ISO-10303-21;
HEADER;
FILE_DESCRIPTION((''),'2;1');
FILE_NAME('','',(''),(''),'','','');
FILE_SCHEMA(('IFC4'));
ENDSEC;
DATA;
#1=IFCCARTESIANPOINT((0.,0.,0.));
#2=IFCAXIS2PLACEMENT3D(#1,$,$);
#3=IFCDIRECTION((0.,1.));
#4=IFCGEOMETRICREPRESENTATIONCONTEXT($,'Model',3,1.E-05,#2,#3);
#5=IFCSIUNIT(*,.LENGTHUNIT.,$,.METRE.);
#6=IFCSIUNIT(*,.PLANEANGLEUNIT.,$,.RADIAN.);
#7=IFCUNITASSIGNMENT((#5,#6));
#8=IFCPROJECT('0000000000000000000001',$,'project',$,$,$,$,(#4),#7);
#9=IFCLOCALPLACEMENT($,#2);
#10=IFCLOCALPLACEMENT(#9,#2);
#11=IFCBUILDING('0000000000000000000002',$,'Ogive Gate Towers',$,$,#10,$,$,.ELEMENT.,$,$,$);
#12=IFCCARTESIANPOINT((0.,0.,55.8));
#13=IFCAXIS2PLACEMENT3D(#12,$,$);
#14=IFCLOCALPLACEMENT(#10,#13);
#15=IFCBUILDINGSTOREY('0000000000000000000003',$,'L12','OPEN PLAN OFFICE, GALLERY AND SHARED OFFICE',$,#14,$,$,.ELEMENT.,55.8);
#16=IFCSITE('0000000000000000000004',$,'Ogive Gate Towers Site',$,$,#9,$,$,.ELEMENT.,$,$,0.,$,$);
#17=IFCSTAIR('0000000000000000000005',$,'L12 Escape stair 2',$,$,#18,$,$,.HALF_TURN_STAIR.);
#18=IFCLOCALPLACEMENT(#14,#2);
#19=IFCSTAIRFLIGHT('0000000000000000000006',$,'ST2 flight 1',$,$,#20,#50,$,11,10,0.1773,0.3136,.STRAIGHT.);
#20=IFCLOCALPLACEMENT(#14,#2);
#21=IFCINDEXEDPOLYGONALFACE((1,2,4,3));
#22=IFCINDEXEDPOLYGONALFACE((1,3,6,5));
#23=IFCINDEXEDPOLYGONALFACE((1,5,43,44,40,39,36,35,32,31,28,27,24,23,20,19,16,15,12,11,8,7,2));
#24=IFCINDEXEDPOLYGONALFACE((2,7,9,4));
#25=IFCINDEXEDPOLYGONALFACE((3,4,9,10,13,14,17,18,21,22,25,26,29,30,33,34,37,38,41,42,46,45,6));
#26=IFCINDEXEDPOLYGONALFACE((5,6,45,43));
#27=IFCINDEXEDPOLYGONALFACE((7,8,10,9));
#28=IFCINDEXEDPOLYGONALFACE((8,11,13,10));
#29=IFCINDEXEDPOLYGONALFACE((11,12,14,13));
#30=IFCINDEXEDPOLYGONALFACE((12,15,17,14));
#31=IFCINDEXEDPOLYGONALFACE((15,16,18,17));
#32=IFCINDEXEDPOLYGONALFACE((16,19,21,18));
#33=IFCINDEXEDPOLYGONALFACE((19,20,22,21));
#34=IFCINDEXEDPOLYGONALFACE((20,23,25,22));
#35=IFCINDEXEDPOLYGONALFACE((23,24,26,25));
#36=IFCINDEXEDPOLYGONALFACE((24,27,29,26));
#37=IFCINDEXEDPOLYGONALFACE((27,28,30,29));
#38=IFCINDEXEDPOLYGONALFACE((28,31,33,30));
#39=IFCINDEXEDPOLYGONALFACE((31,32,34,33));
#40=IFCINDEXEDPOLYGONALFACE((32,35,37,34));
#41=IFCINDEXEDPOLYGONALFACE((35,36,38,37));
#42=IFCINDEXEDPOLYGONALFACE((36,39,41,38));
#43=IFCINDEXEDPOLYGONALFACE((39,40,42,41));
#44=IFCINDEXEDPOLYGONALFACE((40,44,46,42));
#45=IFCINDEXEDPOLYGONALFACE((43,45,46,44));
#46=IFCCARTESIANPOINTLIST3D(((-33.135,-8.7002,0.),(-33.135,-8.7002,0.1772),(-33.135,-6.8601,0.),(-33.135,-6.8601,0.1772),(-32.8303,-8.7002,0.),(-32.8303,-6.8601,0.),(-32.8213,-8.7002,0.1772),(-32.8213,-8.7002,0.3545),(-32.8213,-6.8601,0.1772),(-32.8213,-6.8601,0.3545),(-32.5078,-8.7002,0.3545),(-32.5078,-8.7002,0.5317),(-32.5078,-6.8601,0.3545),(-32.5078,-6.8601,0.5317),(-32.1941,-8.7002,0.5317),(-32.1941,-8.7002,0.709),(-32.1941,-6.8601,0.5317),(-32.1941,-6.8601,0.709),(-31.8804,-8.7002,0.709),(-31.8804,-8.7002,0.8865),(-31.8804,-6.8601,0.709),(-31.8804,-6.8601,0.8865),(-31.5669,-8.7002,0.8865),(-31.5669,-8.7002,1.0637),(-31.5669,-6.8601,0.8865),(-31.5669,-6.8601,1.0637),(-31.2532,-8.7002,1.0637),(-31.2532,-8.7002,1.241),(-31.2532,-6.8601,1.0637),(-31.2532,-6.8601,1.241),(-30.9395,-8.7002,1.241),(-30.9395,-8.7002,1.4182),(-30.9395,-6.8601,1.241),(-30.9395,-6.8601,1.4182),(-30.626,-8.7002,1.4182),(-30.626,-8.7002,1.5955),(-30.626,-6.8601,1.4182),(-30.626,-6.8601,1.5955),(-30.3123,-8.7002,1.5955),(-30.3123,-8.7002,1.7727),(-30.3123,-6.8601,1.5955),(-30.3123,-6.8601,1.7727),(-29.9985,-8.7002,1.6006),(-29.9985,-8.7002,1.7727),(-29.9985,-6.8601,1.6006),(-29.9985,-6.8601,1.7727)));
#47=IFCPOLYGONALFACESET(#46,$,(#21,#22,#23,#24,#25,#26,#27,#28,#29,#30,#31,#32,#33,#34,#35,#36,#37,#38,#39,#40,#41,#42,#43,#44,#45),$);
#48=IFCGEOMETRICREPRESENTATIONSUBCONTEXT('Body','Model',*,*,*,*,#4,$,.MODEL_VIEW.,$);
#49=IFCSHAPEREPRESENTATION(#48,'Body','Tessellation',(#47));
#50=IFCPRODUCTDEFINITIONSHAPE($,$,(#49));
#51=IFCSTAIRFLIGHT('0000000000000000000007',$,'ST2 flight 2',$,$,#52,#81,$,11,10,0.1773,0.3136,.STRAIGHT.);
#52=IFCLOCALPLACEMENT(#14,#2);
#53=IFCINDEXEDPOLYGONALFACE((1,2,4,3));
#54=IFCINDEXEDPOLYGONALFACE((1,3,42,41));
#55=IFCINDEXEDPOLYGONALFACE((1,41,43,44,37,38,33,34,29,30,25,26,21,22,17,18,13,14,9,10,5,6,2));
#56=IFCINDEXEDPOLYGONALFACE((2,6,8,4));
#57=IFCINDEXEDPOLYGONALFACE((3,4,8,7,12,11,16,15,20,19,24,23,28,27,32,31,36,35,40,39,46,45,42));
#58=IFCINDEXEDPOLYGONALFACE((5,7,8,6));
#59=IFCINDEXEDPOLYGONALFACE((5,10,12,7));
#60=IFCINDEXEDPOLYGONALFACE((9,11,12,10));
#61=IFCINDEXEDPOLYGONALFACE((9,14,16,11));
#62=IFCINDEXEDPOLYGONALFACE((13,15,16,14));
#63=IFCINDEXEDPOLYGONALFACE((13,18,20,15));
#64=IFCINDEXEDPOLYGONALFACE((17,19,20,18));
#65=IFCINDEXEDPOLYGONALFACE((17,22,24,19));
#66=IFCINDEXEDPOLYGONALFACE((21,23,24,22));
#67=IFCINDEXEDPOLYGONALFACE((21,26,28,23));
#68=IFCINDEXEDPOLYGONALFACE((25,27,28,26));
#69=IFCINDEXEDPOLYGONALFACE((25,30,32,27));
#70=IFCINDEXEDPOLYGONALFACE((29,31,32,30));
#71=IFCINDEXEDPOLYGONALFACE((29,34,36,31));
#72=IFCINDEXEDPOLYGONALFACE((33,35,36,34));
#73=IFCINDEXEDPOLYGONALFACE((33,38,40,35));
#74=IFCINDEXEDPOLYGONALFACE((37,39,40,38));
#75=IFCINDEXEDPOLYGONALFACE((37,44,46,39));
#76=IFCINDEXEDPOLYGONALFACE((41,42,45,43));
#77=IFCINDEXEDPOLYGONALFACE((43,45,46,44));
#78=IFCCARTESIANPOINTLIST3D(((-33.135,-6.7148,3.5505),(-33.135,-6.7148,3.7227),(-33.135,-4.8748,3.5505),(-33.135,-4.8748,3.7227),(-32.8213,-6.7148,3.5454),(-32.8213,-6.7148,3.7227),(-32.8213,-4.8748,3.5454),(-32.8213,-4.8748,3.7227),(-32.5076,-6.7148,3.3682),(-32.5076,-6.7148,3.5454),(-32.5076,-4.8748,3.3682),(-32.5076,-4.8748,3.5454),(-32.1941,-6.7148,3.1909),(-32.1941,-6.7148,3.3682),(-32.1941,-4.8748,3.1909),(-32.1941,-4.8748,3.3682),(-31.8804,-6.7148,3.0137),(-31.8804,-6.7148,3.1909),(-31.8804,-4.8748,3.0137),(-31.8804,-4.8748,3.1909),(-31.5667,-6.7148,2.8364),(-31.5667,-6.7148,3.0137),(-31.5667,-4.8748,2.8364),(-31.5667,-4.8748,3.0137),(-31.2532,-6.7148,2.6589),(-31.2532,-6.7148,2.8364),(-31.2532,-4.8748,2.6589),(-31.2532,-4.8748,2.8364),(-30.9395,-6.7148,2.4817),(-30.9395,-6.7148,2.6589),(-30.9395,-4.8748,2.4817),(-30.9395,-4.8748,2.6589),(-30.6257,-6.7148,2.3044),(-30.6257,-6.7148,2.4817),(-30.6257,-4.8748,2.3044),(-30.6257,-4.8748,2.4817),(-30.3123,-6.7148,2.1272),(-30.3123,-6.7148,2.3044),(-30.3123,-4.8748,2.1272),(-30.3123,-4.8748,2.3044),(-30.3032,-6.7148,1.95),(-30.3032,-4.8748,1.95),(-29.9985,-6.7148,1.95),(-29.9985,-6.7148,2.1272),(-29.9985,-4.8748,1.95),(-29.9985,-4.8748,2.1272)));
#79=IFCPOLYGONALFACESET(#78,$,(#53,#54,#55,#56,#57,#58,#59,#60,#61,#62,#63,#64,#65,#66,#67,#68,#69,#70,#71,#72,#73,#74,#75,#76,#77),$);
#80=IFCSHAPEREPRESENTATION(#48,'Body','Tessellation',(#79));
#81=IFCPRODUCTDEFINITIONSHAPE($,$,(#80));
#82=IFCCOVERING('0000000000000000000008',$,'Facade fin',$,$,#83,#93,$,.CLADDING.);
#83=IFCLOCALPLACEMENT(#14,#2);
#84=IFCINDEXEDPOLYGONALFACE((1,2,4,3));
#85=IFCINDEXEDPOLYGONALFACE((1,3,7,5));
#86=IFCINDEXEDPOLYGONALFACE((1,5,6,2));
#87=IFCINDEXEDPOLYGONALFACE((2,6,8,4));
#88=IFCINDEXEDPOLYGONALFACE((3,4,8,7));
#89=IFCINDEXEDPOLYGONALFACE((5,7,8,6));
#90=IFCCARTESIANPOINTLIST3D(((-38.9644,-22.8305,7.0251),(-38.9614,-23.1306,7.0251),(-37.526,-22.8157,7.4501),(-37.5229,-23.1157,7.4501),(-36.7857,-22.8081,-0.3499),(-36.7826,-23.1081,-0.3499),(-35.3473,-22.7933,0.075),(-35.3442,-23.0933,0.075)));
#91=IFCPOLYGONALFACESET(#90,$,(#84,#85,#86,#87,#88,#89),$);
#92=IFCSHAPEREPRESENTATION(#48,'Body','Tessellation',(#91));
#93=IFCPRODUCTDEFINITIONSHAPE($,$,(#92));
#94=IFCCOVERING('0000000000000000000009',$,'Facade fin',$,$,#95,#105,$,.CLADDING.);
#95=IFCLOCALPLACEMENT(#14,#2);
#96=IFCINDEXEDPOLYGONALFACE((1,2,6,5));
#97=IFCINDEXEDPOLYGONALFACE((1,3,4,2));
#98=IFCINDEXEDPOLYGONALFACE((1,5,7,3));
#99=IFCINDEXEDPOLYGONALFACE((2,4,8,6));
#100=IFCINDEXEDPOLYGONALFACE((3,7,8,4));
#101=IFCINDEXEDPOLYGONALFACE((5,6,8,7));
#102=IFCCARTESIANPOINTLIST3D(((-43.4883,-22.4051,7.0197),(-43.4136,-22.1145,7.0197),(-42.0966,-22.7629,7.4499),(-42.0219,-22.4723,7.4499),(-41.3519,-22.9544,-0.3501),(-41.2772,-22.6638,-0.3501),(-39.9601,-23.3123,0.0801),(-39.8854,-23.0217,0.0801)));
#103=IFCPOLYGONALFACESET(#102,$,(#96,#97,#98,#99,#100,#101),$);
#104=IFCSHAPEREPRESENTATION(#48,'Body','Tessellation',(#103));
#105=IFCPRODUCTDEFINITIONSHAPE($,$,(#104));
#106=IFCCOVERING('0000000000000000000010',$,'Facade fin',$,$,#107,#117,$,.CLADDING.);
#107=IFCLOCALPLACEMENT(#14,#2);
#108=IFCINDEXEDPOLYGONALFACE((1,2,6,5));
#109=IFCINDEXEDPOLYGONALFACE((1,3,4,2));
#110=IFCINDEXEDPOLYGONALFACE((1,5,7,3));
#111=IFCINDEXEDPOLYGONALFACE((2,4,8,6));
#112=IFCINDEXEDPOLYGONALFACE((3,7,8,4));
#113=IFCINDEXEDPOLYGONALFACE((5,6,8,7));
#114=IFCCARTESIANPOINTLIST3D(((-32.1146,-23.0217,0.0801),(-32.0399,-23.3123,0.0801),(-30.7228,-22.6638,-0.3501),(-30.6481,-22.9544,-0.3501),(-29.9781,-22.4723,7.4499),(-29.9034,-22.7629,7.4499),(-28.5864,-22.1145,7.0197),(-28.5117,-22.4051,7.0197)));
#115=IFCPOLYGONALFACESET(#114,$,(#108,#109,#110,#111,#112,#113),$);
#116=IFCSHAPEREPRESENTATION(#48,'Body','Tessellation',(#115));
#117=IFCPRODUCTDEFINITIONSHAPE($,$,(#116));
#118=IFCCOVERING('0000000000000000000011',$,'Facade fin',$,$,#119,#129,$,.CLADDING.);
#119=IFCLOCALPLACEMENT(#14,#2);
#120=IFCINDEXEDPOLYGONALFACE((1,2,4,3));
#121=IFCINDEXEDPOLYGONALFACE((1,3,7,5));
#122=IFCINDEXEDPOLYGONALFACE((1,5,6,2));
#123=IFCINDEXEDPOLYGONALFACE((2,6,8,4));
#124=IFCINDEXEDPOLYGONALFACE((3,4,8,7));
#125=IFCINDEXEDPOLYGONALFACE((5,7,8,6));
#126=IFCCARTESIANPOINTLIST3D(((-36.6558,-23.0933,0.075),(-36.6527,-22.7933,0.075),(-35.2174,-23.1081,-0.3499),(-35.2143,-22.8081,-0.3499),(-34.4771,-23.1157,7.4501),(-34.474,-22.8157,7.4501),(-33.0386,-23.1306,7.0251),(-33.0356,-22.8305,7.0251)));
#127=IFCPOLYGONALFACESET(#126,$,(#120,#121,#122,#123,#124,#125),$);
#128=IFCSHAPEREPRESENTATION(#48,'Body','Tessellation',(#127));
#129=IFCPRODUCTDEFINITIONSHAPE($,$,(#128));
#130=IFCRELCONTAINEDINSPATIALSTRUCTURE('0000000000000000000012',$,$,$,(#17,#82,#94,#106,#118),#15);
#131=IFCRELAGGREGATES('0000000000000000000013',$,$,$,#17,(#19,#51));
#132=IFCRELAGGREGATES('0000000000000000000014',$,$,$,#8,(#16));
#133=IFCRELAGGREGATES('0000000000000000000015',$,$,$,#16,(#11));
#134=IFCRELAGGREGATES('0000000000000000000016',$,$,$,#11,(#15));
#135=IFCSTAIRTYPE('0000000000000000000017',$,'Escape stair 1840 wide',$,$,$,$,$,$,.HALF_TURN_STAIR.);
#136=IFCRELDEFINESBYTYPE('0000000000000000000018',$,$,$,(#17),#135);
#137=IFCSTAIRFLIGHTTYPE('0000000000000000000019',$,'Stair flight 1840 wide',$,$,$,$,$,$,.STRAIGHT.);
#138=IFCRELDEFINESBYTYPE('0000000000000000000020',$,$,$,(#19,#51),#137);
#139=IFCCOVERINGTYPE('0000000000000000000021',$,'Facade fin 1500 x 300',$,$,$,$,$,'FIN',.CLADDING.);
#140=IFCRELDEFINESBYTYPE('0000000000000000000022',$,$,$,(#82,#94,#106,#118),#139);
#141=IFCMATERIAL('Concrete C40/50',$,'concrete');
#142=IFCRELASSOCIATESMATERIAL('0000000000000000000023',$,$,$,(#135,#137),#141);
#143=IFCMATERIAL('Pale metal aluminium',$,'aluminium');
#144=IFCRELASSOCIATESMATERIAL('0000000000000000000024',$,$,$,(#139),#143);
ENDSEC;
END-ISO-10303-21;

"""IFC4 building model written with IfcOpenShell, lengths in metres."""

from ifc_helpers import new_model, si_unit, direction, frame, origin, origin_2d, place, context, subcontext, project, spatial, polyline, rectangle, outline, extrude, material, material_profile, profile_set, type_object, element, aggregate, save


model = new_model("IFC4")

# Units and contexts
model_context = context("Model", 3, precision=1e-05, world=origin(), true_north=direction((0.0, 1.0)))
body_context = subcontext(model_context, "Body", "Model", "MODEL_VIEW")
ifc_project = project(units=[si_unit("LENGTHUNIT", "METRE"), si_unit("PLANEANGLEUNIT", "RADIAN")], contexts=[model_context])

# Site, building, storey
site_placement = place(None, origin())
site = spatial("IfcSite", under=ifc_project, at=site_placement, Name="Ogive Gate Towers Site", CompositionType="ELEMENT", RefElevation=0.0)
building_placement = place(site_placement, origin())
building = spatial("IfcBuilding", under=site, at=building_placement, Name="Ogive Gate Towers", CompositionType="ELEMENT")
storey_placement = place(building_placement, frame((0.0, 0.0, 55.8)))
storey = spatial("IfcBuildingStorey", under=building, at=storey_placement, Name="L12", Description="OPEN PLAN OFFICE, GALLERY AND SHARED OFFICE", CompositionType="ELEMENT", Elevation=55.8)

# Shared definitions
ifc_material_1 = material(Name="Pale metal aluminium", Category="aluminium")

# Stair, stair flights
ifc_material_2 = material(Name="Concrete C40/50", Category="concrete")
stair_type = type_object("IfcStairType", Name="Escape stair 1840 wide", PredefinedType="HALF_TURN_STAIR", material=ifc_material_2)
stair_placement = place(storey_placement, origin())
stair = element("IfcStair", 1, at=stair_placement, inside=storey, type_object=stair_type, Name="L12 Escape stair 2", PredefinedType="HALF_TURN_STAIR")
stair_flight_type = type_object("IfcStairFlightType", Name="Stair flight 1840 wide", PredefinedType="STRAIGHT", material=ifc_material_2)
stair_flight_1_placement = place(storey_placement, frame((-33.135, -7.78, 0.0), z_axis=(0.0, 0.0, 1.0), x_axis=(1.0, 0.0, 0.0)))
stair_flight_1 = element("IfcStairFlight", 2, at=stair_flight_1_placement, type_object=stair_flight_type, Name="ST2 flight 1", NumberOfRisers=11, NumberOfTreads=10, PredefinedType="STRAIGHT", RiserHeight=0.1773, TreadLength=0.3136, context=body_context, shape_type="SweptSolid", body=[
    extrude(outline(polyline([(0.0, 0.0), (0.0, 0.1772), (0.3137, 0.1772), (0.3137, 0.3545), (0.6272, 0.3545), (0.6272, 0.5317), (0.9409, 0.5317), (0.9409, 0.709), (1.2546, 0.709), (1.2546, 0.8865), (1.5681, 0.8865), (1.5681, 1.0637), (1.8818, 1.0637), (1.8818, 1.241), (2.1956, 1.241), (2.1956, 1.4182), (2.509, 1.4182), (2.509, 1.5955), (2.8228, 1.5955), (2.8228, 1.7727), (3.1365, 1.7727), (3.1365, 1.95), (3.1365, 1.6006), (0.3047, 0.0), (0.0, 0.0)])), frame((0.0, 0.9199, 0.0), z_axis=(0.0, -1.0, 0.0), x_axis=(1.0, 0.0, 0.0)), (0.0, 0.0, 1.0), 1.8401),
])
stair_flight_2_placement = place(storey_placement, frame((-29.9985, -5.7949, 1.95), z_axis=(0.0, 0.0, 1.0), x_axis=(-1.0, 0.0, 0.0)))
stair_flight_2 = element("IfcStairFlight", 3, at=stair_flight_2_placement, type_object=stair_flight_type, Name="ST2 flight 2", NumberOfRisers=11, NumberOfTreads=10, PredefinedType="STRAIGHT", RiserHeight=0.1773, TreadLength=0.3136, context=body_context, shape_type="SweptSolid", body=[
    extrude(outline(polyline([(0.0, 0.0), (0.0, 0.1772), (0.3137, 0.1772), (0.3137, 0.3545), (0.6272, 0.3545), (0.6272, 0.5317), (0.9409, 0.5317), (0.9409, 0.709), (1.2546, 0.709), (1.2546, 0.8865), (1.5681, 0.8865), (1.5681, 1.0637), (1.8818, 1.0637), (1.8818, 1.241), (2.1956, 1.241), (2.1956, 1.4182), (2.509, 1.4182), (2.509, 1.5955), (2.8228, 1.5955), (2.8228, 1.7727), (3.1365, 1.7727), (3.1365, 1.95), (3.1365, 1.6006), (0.3047, 0.0), (0.0, 0.0)])), frame((0.0, 0.9199, 0.0), z_axis=(0.0, -1.0, 0.0), x_axis=(1.0, 0.0, 0.0)), (0.0, 0.0, 1.0), 1.8401),
])
aggregate(stair, [stair_flight_1, stair_flight_2])

# Coverings
ifc_material_profile_1 = material_profile(ifc_material_1, rectangle(XDim=0.3, YDim=1.5, at=origin_2d()), Name="1500 x 300 pale metal aluminium")
ifc_profile_set_1 = profile_set([ifc_material_profile_1], Name="Pale metal aluminium")
covering_type = type_object("IfcCoveringType", Name="Facade fin 1500 x 300", ElementType="FIN", PredefinedType="CLADDING", material=ifc_profile_set_1)
covering_1_placement = place(storey_placement, frame((-36.0649, -22.9507, -0.1375), z_axis=(-0.283313, -0.002921, 0.959023), x_axis=(0.010309, -0.999947, 0.0)))
element("IfcCovering", 4, at=covering_1_placement, inside=storey, type_object=covering_type, Name="Facade fin", PredefinedType="CLADDING", context=body_context, shape_type="SweptSolid", body=[
    extrude(rectangle(XDim=0.3, YDim=1.5, at=origin_2d()), origin(), (0.0, 0.0, 1.0), 7.6902),
])
for number, where, z_axis, x_axis, name in (
    (5, (-40.6187, -22.988, -0.135), (-0.277719, 0.071405, 0.958005), (-0.249014, -0.9685, 0.0), "Facade fin"),
    (6, (-31.3813, -22.988, -0.135), (0.277719, 0.071405, 0.958005), (-0.249014, 0.9685, 0.0), "Facade fin"),
):
    element("IfcCovering", number, at=place(storey_placement, frame(where, z_axis=z_axis, x_axis=x_axis)), inside=storey, type_object=covering_type, Name=name, PredefinedType="CLADDING", context=body_context, shape_type="SweptSolid", body=[
        extrude(rectangle(XDim=0.3, YDim=1.5, at=origin_2d()), origin(), (0.0, 0.0, 1.0), 7.6929),
    ])
covering_2_placement = place(storey_placement, frame((-35.9351, -22.9507, -0.1375), z_axis=(0.283313, -0.002921, 0.959023), x_axis=(0.010309, 0.999947, 0.0)))
element("IfcCovering", 7, at=covering_2_placement, inside=storey, type_object=covering_type, Name="Facade fin", PredefinedType="CLADDING", context=body_context, shape_type="SweptSolid", body=[
    extrude(rectangle(XDim=0.3, YDim=1.5, at=origin_2d()), origin(), (0.0, 0.0, 1.0), 7.6902),
])

save(model, "model.ifc")
